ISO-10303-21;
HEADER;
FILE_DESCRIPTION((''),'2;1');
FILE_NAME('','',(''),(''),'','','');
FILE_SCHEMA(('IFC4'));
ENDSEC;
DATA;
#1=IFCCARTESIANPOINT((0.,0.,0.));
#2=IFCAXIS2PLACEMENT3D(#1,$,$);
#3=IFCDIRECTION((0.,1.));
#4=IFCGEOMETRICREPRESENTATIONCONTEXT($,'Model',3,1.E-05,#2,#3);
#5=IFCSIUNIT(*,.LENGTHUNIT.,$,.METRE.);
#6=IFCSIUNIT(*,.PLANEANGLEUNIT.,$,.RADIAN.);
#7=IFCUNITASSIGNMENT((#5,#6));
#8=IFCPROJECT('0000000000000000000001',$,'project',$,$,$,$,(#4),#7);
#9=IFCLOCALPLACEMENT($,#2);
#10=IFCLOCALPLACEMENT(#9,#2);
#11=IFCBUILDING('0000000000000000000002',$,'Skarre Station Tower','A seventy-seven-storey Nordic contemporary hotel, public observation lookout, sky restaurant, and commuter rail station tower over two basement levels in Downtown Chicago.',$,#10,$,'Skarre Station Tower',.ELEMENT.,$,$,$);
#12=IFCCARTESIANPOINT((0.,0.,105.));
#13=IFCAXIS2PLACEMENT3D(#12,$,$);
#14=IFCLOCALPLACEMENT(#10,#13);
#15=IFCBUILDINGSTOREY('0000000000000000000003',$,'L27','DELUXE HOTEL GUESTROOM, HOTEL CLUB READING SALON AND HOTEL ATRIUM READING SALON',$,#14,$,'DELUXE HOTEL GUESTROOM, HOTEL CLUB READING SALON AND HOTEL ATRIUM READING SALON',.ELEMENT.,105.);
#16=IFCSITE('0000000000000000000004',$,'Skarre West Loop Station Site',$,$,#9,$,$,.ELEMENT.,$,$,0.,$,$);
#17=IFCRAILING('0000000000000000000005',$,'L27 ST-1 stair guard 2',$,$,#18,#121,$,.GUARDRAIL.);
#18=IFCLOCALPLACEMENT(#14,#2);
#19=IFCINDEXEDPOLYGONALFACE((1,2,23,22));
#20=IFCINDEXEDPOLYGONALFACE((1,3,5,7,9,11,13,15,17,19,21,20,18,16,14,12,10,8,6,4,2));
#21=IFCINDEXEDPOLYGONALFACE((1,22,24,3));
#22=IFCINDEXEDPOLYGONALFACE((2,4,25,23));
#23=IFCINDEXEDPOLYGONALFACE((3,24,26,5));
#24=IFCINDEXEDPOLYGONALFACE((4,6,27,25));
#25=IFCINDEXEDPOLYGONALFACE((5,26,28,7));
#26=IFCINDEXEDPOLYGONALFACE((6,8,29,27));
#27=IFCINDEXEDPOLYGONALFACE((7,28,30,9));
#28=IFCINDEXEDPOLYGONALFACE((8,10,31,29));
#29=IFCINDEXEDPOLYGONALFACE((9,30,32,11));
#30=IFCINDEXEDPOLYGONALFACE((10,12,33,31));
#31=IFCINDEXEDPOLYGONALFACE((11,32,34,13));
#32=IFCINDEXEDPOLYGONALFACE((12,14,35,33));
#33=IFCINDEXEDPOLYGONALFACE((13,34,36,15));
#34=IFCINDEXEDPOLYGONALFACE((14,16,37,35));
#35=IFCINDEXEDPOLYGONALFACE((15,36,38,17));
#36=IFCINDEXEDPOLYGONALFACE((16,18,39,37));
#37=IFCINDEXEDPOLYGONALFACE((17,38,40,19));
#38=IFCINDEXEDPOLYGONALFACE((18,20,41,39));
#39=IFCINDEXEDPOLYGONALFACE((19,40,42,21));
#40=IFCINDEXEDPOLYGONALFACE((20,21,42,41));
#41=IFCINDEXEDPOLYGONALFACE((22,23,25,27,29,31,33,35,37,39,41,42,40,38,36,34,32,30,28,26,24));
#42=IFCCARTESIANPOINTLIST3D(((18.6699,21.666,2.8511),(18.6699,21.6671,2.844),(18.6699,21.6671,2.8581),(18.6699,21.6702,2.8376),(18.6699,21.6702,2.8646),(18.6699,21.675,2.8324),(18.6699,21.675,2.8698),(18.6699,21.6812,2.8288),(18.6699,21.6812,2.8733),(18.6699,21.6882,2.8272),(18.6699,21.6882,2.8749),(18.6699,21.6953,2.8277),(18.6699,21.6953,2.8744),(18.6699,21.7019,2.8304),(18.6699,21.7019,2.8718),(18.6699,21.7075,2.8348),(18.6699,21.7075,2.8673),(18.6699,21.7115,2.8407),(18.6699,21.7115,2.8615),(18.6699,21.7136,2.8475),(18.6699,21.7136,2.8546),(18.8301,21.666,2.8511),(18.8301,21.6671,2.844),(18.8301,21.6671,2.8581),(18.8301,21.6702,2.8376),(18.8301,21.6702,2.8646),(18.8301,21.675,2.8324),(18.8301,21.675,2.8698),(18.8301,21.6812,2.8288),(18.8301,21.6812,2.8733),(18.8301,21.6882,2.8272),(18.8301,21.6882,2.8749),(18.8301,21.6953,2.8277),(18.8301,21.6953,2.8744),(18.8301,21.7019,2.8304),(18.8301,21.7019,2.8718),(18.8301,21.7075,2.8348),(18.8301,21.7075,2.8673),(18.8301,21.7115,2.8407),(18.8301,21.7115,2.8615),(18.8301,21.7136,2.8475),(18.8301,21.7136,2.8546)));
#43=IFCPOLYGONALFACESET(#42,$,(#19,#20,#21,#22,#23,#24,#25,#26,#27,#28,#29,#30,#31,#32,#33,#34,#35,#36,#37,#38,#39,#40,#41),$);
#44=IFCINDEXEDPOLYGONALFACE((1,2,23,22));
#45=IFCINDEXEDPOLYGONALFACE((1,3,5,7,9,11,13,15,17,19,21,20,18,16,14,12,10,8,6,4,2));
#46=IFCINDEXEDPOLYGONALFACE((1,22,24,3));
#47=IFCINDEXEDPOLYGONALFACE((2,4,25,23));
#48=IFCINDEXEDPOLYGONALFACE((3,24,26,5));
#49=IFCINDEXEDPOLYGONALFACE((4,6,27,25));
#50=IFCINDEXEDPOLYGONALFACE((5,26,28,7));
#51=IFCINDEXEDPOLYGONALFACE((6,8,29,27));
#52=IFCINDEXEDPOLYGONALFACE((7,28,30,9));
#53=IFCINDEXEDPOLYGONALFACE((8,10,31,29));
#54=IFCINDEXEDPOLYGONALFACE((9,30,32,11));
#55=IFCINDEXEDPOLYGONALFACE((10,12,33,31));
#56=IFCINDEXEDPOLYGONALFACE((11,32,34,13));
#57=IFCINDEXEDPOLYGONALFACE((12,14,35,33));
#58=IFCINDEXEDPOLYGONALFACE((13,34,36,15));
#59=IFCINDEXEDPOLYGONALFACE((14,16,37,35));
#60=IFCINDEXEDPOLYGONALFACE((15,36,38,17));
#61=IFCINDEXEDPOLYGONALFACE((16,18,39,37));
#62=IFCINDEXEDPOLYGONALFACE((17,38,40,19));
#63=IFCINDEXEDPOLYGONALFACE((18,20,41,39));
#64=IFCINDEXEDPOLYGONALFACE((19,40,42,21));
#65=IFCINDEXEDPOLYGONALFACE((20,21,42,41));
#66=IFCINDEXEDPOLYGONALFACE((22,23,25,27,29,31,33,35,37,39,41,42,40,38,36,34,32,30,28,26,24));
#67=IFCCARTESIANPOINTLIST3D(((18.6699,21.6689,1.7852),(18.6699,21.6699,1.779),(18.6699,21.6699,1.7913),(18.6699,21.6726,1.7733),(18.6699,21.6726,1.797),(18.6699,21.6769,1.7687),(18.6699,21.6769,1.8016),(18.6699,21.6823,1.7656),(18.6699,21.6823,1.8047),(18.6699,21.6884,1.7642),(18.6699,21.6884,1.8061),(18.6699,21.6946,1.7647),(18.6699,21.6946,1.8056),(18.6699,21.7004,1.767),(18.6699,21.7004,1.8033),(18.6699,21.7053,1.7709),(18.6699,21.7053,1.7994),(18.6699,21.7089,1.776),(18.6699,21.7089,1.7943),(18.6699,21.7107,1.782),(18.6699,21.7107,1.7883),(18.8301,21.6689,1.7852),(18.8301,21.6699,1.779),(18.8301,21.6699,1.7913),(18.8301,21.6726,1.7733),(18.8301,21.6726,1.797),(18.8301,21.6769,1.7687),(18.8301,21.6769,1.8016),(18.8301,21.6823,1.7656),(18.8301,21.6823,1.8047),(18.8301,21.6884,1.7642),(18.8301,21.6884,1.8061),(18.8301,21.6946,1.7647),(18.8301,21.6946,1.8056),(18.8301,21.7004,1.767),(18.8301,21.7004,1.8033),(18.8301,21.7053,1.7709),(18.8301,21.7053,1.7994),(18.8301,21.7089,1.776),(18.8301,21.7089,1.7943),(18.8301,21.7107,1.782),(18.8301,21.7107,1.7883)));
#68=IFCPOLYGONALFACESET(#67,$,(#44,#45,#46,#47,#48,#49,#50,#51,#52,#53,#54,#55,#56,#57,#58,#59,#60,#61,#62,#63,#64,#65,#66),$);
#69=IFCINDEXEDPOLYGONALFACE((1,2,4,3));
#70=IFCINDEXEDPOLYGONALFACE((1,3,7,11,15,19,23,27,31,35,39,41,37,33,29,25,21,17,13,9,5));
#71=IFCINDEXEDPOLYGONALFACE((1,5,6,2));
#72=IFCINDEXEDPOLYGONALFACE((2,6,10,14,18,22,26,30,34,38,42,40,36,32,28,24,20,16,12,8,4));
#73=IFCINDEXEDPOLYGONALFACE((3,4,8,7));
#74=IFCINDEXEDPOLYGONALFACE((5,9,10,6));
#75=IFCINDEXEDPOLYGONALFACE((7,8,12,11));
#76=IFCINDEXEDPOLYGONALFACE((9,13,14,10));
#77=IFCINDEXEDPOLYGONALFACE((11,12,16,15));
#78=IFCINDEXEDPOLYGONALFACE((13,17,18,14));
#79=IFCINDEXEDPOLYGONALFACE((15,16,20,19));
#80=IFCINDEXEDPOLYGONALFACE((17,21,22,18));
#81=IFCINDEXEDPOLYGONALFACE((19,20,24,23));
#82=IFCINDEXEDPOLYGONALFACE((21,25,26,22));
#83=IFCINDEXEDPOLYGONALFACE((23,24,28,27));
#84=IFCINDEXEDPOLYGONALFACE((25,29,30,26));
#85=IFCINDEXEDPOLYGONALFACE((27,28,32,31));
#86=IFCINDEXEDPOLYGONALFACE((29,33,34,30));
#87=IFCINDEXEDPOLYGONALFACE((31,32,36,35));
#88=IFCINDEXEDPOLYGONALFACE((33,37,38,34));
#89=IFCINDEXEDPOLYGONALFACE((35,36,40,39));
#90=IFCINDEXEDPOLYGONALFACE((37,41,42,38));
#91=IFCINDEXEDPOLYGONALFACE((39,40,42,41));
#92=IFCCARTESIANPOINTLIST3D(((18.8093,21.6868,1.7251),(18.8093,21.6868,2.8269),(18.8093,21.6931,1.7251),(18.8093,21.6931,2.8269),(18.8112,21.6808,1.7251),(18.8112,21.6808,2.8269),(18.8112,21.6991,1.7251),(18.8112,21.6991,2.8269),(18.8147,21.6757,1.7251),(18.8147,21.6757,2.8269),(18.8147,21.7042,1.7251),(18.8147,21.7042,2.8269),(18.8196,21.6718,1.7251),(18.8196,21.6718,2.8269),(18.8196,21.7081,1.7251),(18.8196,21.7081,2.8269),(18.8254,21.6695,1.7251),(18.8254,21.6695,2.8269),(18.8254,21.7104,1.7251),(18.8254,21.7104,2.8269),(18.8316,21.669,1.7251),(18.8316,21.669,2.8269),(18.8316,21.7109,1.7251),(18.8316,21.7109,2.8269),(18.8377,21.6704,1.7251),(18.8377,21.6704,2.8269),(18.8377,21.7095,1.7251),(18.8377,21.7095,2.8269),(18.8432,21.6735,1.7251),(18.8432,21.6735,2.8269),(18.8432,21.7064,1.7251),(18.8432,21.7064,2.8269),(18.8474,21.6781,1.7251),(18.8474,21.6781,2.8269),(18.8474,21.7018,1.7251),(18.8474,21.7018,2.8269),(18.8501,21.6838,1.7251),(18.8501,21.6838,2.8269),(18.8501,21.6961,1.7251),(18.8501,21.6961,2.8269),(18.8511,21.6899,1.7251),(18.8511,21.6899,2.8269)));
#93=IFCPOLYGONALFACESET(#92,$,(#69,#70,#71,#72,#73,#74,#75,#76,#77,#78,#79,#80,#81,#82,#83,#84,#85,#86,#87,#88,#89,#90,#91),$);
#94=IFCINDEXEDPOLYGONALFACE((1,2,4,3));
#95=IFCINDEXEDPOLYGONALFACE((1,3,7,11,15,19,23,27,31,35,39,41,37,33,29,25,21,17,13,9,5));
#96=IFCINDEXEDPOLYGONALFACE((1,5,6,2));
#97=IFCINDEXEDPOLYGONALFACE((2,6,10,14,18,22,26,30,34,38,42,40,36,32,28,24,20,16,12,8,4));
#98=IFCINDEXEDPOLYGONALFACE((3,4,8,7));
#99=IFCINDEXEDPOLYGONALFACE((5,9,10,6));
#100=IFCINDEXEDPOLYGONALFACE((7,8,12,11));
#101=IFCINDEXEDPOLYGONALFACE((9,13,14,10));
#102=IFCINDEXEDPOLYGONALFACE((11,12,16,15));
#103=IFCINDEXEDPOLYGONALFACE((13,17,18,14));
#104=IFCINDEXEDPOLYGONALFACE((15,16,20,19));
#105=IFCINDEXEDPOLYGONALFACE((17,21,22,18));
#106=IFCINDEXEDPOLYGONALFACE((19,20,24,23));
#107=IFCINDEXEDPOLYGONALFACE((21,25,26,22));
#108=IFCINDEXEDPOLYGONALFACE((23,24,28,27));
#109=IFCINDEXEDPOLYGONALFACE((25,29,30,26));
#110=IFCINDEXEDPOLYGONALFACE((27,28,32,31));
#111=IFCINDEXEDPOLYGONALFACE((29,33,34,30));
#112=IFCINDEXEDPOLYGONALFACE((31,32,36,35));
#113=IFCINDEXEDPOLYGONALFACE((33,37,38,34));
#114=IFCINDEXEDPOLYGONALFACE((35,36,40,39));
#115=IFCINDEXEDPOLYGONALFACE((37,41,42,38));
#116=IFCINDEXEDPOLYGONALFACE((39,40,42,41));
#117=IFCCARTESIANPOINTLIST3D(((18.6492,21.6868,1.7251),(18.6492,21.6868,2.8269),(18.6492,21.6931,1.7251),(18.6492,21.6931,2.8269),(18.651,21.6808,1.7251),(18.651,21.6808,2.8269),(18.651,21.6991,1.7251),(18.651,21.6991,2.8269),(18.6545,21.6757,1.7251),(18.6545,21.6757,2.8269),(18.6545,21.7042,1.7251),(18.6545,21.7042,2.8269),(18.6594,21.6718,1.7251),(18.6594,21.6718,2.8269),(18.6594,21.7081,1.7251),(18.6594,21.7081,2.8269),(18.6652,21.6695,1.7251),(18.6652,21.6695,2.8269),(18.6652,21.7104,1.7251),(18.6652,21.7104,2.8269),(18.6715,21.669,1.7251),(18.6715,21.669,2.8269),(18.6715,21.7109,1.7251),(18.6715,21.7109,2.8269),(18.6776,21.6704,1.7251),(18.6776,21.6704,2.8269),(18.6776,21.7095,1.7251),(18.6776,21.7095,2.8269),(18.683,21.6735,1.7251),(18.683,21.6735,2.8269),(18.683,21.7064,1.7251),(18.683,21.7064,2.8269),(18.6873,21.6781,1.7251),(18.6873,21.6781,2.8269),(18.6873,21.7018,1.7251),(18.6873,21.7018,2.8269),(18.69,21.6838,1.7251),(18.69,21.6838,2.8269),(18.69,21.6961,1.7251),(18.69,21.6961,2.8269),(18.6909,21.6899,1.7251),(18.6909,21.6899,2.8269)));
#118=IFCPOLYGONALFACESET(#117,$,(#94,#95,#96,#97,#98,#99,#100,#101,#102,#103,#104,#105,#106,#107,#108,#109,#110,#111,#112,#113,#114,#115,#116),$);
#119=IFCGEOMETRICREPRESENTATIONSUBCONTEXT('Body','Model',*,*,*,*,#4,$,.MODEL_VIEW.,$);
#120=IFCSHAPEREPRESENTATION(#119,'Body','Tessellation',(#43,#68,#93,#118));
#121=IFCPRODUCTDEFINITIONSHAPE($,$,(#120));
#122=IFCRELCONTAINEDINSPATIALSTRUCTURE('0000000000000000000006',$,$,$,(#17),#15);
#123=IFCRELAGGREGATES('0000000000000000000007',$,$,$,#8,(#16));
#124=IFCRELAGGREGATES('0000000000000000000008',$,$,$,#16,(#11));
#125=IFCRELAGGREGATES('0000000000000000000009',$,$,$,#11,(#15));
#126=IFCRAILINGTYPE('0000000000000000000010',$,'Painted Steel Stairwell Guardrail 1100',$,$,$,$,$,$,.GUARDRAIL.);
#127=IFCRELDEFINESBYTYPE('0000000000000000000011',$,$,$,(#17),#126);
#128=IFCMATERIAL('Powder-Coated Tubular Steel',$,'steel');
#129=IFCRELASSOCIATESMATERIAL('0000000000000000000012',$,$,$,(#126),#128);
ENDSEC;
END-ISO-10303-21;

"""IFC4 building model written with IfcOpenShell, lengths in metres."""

from ifc_helpers import new_model, si_unit, direction, frame, origin, origin_2d, place, context, subcontext, project, spatial, circle, extrude, material, type_object, element, save


model = new_model("IFC4")

# Units and contexts
model_context = context("Model", 3, precision=1e-05, world=origin(), true_north=direction((0.0, 1.0)))
body_context = subcontext(model_context, "Body", "Model", "MODEL_VIEW")
ifc_project = project(units=[si_unit("LENGTHUNIT", "METRE"), si_unit("PLANEANGLEUNIT", "RADIAN")], contexts=[model_context])

# Site, building, storey
site_placement = place(None, origin())
site = spatial("IfcSite", under=ifc_project, at=site_placement, Name="Skarre West Loop Station Site", CompositionType="ELEMENT", RefElevation=0.0)
building_placement = place(site_placement, origin())
building = spatial("IfcBuilding", under=site, at=building_placement, Name="Skarre Station Tower", Description="A seventy-seven-storey Nordic contemporary hotel, public observation lookout, sky restaurant, and commuter rail station tower over two basement levels in Downtown Chicago.", LongName="Skarre Station Tower", CompositionType="ELEMENT")
storey_placement = place(building_placement, frame((0.0, 0.0, 105.0)))
storey = spatial("IfcBuildingStorey", under=building, at=storey_placement, Name="L27", Description="DELUXE HOTEL GUESTROOM, HOTEL CLUB READING SALON AND HOTEL ATRIUM READING SALON", LongName="DELUXE HOTEL GUESTROOM, HOTEL CLUB READING SALON AND HOTEL ATRIUM READING SALON", CompositionType="ELEMENT", Elevation=105.0)

# Railing
ifc_material_1 = material(Name="Powder-Coated Tubular Steel", Category="steel")
railing_type_1 = type_object("IfcRailingType", Name="Painted Steel Stairwell Guardrail 1100", PredefinedType="GUARDRAIL", material=ifc_material_1)
railing_1_placement = place(storey_placement, frame((18.8301, 21.6899, 1.7251)))
element("IfcRailing", 1, at=railing_1_placement, inside=storey, type_object=railing_type_1, Name="L27 ST-1 stair guard 2", PredefinedType="GUARDRAIL", context=body_context, shape_type="SweptSolid", body=[
    extrude(circle(Radius=0.0239, at=origin_2d()), frame((0.0, 0.0, 1.126), z_axis=(-1.0, 0.0, 0.0), x_axis=(0.0, -1.0, 0.0)), (0.0, 0.0, 1.0), 0.1602),
    extrude(circle(Radius=0.021, at=origin_2d()), frame((0.0, 0.0, 0.0601), z_axis=(-1.0, 0.0, 0.0), x_axis=(0.0, -1.0, 0.0)), (0.0, 0.0, 1.0), 0.1602),
    extrude(circle(Radius=0.021, at=origin_2d()), origin(), (0.0, 0.0, 1.0), 1.1018),
    extrude(circle(Radius=0.021, at=origin_2d()), frame((-0.1602, 0.0, 0.0)), (0.0, 0.0, 1.0), 1.1018),
])

save(model, "model.ifc")
